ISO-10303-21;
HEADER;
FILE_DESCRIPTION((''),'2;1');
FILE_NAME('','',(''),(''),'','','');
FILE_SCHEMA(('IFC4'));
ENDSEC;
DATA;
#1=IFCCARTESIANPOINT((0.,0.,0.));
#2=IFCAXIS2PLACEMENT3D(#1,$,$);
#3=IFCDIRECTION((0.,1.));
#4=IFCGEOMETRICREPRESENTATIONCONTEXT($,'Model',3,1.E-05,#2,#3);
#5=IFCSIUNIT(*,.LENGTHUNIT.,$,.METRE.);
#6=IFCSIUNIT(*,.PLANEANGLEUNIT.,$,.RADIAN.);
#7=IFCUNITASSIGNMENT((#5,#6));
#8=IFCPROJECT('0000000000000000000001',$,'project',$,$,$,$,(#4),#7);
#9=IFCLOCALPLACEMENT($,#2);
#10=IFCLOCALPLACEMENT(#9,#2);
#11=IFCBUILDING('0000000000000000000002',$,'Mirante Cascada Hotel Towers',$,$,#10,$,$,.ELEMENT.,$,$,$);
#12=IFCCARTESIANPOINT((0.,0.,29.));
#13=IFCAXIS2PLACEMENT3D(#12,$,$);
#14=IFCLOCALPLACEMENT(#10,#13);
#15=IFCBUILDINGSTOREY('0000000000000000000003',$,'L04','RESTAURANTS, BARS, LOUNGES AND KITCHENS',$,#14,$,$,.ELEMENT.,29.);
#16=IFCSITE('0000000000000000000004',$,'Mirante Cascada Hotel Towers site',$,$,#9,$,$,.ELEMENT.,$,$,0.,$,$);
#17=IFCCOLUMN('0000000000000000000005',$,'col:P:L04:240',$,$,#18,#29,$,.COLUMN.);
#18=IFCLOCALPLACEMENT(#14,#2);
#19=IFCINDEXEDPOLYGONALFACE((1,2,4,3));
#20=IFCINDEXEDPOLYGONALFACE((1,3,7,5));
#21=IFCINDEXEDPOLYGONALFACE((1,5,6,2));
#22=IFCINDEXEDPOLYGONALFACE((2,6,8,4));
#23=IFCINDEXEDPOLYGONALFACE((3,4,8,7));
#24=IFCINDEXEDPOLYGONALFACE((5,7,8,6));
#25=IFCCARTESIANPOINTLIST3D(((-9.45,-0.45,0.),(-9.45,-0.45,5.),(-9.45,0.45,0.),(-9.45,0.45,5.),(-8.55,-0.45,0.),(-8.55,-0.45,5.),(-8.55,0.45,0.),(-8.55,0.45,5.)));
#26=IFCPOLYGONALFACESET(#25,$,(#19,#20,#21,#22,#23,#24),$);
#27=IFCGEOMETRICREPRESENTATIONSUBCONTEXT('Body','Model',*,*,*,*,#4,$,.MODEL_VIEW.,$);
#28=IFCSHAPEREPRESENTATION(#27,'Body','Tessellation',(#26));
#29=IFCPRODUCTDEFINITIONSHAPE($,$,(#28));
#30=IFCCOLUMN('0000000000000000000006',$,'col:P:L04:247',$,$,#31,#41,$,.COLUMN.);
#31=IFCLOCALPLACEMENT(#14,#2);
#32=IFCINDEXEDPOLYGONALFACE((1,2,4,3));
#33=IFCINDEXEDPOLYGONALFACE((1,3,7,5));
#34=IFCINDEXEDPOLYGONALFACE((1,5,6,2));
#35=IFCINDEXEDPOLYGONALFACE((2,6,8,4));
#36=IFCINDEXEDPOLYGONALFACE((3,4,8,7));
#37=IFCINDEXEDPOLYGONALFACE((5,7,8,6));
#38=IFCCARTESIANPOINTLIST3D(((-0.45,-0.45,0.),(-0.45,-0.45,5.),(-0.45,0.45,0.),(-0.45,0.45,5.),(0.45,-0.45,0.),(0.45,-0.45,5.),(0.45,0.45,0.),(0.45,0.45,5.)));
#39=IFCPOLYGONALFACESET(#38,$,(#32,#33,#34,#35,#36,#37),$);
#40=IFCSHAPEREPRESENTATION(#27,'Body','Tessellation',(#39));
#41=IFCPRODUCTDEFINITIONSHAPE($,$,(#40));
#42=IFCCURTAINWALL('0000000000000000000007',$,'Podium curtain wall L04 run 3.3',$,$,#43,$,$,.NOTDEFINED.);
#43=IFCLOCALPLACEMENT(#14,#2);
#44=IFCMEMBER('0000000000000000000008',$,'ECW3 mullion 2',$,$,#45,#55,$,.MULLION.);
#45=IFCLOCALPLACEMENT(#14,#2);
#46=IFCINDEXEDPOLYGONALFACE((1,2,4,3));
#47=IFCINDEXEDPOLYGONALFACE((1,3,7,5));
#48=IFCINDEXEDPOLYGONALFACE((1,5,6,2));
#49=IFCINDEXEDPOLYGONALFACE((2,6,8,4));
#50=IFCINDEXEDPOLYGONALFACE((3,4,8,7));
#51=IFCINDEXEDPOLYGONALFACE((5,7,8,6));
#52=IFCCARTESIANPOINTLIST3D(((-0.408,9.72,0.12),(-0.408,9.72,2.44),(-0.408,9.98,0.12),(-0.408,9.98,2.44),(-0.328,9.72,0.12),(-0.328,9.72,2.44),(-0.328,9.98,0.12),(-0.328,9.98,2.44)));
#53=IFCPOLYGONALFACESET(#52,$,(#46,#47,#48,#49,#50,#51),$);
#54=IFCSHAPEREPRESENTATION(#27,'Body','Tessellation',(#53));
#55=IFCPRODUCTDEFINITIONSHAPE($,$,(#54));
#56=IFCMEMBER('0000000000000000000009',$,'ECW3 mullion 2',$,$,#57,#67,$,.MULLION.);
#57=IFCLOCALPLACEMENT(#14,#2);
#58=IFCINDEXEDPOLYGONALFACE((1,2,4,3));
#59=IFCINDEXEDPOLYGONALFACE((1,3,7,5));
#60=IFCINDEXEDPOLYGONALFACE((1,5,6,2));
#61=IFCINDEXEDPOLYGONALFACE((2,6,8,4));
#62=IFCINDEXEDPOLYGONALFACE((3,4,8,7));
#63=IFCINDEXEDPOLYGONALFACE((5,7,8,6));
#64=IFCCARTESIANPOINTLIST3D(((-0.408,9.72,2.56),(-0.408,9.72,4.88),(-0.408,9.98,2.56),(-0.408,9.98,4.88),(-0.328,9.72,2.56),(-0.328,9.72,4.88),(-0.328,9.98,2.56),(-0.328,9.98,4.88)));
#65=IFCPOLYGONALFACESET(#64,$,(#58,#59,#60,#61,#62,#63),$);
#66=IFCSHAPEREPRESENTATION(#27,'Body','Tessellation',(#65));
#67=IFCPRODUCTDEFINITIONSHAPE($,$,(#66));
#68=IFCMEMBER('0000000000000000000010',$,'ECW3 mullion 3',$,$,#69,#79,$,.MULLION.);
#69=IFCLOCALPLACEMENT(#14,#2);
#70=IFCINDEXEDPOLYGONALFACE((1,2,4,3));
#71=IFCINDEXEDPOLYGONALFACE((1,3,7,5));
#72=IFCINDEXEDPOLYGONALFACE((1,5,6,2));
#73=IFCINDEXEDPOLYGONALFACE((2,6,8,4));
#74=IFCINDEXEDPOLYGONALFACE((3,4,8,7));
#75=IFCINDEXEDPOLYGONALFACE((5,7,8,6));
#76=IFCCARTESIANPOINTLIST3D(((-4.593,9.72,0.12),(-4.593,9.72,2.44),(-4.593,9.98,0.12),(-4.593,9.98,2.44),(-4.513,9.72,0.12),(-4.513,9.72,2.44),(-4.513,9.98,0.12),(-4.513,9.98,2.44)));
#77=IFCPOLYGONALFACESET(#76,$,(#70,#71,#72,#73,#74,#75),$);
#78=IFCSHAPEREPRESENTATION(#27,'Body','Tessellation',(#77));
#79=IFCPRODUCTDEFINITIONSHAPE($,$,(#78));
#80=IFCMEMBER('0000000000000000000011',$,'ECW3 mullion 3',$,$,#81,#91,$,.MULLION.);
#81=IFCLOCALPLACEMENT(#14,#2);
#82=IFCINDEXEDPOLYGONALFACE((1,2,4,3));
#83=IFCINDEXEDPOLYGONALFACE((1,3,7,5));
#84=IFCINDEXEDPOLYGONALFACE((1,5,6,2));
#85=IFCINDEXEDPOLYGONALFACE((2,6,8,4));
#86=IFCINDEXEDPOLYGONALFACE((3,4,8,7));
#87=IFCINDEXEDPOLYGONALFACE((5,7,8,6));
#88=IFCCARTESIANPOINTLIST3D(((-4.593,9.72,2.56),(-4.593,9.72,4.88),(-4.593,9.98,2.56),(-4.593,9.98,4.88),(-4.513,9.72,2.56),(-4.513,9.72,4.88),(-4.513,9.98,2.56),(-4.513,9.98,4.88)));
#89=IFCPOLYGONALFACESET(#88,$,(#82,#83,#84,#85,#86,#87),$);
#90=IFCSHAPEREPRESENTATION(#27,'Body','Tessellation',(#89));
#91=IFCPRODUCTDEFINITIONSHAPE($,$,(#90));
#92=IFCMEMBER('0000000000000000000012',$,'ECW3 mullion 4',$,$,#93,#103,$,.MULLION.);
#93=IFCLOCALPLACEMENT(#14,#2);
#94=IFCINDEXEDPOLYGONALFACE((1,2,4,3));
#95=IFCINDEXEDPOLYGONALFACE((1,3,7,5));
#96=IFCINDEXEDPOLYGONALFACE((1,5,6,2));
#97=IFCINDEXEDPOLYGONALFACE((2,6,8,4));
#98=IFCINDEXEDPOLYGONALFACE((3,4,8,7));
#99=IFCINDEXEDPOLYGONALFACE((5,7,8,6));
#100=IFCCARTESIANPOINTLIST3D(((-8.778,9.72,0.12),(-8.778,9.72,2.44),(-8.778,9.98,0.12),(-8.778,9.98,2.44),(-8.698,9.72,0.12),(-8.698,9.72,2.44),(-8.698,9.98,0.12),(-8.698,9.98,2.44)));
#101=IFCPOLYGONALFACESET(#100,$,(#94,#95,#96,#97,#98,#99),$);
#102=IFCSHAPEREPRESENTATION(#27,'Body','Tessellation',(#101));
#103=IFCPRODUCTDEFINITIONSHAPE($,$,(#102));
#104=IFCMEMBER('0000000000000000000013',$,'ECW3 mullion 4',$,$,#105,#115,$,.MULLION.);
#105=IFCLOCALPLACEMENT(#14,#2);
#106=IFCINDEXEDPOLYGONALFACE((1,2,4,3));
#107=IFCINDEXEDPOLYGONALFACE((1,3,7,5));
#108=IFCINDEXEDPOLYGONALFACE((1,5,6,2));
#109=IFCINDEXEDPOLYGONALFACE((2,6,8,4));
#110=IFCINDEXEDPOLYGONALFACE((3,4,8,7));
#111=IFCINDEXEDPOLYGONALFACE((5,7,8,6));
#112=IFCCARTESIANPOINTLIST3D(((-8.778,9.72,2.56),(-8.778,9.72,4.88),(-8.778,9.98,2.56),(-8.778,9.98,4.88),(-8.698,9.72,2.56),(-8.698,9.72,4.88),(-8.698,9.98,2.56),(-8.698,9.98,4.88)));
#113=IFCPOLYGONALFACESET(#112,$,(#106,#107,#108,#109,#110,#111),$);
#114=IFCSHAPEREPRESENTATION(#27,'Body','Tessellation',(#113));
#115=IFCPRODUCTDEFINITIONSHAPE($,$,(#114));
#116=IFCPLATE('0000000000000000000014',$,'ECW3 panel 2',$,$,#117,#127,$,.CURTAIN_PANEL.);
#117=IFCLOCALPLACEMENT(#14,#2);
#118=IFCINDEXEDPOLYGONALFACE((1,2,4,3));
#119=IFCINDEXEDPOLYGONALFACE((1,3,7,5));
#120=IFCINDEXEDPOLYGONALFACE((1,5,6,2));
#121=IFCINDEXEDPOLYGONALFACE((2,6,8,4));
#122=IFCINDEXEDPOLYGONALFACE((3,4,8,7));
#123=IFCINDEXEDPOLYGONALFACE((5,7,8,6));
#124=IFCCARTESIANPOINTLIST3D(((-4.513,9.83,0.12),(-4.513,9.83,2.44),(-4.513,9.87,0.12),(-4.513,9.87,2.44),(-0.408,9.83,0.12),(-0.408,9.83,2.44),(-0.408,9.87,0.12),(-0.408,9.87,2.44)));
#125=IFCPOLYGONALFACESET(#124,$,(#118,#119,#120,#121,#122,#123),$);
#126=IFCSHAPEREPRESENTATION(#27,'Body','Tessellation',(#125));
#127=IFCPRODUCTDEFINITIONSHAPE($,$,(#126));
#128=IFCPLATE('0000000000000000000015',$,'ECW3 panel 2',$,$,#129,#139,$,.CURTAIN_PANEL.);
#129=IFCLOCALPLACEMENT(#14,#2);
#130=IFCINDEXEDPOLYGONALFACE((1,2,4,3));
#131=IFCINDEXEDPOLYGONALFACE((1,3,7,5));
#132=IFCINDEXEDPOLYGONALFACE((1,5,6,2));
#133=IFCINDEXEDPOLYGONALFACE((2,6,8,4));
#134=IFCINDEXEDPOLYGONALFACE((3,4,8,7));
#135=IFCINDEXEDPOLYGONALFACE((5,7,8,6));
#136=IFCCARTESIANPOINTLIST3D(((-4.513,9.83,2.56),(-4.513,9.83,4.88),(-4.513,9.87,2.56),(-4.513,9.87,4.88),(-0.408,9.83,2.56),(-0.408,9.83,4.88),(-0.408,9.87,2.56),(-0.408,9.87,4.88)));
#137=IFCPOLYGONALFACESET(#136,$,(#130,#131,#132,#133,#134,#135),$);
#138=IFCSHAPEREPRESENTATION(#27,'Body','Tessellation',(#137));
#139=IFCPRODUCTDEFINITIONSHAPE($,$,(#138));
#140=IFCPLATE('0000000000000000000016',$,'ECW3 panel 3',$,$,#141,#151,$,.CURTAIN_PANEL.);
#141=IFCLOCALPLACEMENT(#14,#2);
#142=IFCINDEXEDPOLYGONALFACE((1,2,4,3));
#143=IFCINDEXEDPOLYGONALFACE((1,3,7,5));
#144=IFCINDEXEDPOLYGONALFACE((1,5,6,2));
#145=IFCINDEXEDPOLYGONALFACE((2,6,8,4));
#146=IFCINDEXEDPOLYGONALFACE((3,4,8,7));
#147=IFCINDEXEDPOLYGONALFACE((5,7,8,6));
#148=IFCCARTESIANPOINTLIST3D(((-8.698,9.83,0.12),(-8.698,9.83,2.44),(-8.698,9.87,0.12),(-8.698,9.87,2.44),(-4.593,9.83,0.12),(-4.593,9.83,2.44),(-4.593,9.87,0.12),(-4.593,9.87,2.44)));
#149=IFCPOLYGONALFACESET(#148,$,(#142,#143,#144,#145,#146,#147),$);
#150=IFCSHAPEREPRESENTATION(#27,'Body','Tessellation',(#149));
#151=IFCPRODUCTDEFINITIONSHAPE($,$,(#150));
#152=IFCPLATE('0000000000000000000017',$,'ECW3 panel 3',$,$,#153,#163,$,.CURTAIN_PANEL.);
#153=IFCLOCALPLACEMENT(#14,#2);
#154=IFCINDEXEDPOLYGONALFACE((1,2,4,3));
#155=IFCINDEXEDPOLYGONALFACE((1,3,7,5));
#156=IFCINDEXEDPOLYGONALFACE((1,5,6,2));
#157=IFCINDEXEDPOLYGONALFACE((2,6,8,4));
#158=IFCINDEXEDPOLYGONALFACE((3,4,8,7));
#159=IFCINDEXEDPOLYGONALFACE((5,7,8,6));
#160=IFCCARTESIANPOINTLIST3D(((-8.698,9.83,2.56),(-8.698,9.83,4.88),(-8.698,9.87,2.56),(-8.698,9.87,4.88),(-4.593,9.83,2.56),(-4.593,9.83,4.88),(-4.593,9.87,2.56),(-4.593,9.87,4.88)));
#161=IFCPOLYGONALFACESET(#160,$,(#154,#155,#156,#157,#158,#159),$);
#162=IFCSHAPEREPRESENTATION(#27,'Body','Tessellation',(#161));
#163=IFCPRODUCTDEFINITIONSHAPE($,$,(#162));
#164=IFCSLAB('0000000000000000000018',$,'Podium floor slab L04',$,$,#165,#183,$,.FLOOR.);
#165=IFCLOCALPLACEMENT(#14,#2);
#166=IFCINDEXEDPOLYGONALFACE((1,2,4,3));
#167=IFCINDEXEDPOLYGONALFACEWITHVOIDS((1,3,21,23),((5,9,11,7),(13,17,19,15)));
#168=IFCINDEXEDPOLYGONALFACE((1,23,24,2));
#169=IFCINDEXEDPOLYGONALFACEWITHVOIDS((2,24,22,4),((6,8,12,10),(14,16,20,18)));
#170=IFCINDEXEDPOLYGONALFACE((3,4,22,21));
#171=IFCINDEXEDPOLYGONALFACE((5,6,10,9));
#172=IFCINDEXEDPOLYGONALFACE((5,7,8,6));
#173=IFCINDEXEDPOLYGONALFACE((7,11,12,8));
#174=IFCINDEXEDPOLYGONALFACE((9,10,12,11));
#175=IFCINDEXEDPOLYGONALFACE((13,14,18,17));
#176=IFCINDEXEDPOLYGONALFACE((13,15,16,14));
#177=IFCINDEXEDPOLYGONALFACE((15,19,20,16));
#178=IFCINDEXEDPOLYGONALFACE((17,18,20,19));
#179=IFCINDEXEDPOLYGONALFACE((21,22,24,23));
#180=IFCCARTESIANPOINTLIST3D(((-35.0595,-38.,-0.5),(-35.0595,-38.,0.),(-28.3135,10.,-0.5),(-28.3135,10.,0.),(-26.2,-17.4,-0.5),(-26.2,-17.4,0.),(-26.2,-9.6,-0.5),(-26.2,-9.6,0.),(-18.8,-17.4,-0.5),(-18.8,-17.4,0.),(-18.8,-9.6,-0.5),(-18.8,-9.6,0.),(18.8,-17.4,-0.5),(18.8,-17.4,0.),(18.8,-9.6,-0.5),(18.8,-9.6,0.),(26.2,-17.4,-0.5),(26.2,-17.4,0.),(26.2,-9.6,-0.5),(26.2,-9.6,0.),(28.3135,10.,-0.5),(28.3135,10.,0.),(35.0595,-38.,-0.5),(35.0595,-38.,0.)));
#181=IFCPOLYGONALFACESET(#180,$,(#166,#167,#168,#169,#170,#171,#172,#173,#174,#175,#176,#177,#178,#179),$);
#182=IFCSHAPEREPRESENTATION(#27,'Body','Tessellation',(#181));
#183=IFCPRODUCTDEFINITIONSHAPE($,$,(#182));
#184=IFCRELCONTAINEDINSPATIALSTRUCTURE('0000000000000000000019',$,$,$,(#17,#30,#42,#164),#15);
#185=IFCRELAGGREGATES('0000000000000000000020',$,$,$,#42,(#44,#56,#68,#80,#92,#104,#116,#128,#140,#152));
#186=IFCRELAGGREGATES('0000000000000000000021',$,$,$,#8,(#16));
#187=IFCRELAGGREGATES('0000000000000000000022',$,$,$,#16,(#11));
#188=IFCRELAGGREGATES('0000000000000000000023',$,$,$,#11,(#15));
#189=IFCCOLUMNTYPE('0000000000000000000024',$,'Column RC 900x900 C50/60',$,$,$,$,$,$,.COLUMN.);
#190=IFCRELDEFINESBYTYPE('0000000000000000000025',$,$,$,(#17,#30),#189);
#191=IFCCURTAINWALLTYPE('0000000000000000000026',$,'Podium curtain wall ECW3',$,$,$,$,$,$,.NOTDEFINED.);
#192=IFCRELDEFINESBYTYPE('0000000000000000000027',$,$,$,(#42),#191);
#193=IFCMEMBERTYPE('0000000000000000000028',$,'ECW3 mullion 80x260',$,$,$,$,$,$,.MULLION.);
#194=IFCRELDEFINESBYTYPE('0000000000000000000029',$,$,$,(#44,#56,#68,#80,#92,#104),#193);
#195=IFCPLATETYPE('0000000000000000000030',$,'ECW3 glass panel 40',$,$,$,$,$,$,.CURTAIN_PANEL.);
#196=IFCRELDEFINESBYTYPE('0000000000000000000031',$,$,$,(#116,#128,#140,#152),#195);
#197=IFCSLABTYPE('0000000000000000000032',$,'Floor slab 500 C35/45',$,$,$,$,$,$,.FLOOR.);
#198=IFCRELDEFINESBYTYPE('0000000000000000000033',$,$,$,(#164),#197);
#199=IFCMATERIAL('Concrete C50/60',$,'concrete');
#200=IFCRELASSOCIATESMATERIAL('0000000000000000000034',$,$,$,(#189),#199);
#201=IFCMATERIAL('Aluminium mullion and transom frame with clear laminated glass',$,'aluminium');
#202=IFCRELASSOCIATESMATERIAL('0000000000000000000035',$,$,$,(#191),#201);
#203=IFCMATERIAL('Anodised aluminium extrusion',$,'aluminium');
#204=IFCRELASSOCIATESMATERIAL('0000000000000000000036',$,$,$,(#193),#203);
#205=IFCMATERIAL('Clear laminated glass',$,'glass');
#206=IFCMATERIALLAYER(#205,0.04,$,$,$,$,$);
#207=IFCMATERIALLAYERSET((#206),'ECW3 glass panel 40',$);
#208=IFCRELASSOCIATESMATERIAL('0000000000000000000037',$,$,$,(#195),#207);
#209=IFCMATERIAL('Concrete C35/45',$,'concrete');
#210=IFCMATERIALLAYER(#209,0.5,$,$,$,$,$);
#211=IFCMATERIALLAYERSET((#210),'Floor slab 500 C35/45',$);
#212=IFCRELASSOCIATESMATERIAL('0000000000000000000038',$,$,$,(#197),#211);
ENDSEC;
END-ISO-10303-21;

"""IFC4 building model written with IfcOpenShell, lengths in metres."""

from ifc_helpers import new_model, si_unit, direction, frame, origin, origin_2d, place, context, subcontext, project, spatial, polyline, rectangle, outline, extrude, material, layer, layer_set, material_profile, profile_set, type_object, element, aggregate, save


model = new_model("IFC4")

# Units and contexts
model_context = context("Model", 3, precision=1e-05, world=origin(), true_north=direction((0.0, 1.0)))
body_context = subcontext(model_context, "Body", "Model", "MODEL_VIEW")
ifc_project = project(units=[si_unit("LENGTHUNIT", "METRE"), si_unit("PLANEANGLEUNIT", "RADIAN")], contexts=[model_context])

# Site, building, storey
site_placement = place(None, origin())
site = spatial("IfcSite", under=ifc_project, at=site_placement, Name="Mirante Cascada Hotel Towers site", CompositionType="ELEMENT", RefElevation=0.0)
building_placement = place(site_placement, origin())
building = spatial("IfcBuilding", under=site, at=building_placement, Name="Mirante Cascada Hotel Towers", CompositionType="ELEMENT")
storey_placement = place(building_placement, frame((0.0, 0.0, 29.0)))
storey = spatial("IfcBuildingStorey", under=building, at=storey_placement, Name="L04", Description="RESTAURANTS, BARS, LOUNGES AND KITCHENS", CompositionType="ELEMENT", Elevation=29.0)

# Columns
ifc_material_1 = material(Name="Concrete C50/60", Category="concrete")
ifc_material_profile_1 = material_profile(ifc_material_1, rectangle(XDim=0.9, YDim=0.9, at=origin_2d()), Name="RC 900x900")
ifc_profile_set_1 = profile_set([ifc_material_profile_1], Name="Concrete C50/60")
column_type = type_object("IfcColumnType", Name="Column RC 900x900 C50/60", PredefinedType="COLUMN", material=ifc_profile_set_1)
for number, where, z_axis, x_axis, name in (
    (1, (-9.0, 0.0, 0.0), (0.0, 0.0, 1.0), (1.0, 0.0, 0.0), "col:P:L04:240"),
    (2, (0.0, 0.0, 0.0), (0.0, 0.0, 1.0), (1.0, 0.0, 0.0), "col:P:L04:247"),
):
    element("IfcColumn", number, at=place(storey_placement, frame(where, z_axis=z_axis, x_axis=x_axis)), inside=storey, type_object=column_type, Name=name, PredefinedType="COLUMN", context=body_context, shape_type="SweptSolid", body=[
        extrude(rectangle(XDim=0.9, YDim=0.9, at=origin_2d()), origin(), (0.0, 0.0, 1.0), 5.0),
    ])

# Curtain wall, members, plates
ifc_material_2 = material(Name="Aluminium mullion and transom frame with clear laminated glass", Category="aluminium")
curtain_wall_type = type_object("IfcCurtainWallType", Name="Podium curtain wall ECW3", PredefinedType="NOTDEFINED", material=ifc_material_2)
curtain_wall_placement = place(storey_placement, origin())
curtain_wall = element("IfcCurtainWall", 3, at=curtain_wall_placement, inside=storey, type_object=curtain_wall_type, Name="Podium curtain wall L04 run 3.3", PredefinedType="NOTDEFINED")
ifc_material_3 = material(Name="Anodised aluminium extrusion", Category="aluminium")
ifc_material_profile_2 = material_profile(ifc_material_3, rectangle(XDim=0.26, YDim=0.08, at=origin_2d()), Name="ECW3 MULLION 80x260")
ifc_profile_set_2 = profile_set([ifc_material_profile_2], Name="Anodised aluminium extrusion")
member_type = type_object("IfcMemberType", Name="ECW3 mullion 80x260", PredefinedType="MULLION", material=ifc_profile_set_2)
member_1_placement = place(storey_placement, frame((-0.368, 9.85, 0.12), z_axis=(0.0, 0.0, 1.0), x_axis=(0.0, -1.0, 0.0)))
member_1 = element("IfcMember", 4, at=member_1_placement, type_object=member_type, Name="ECW3 mullion 2", PredefinedType="MULLION", context=body_context, shape_type="SweptSolid", body=[
    extrude(rectangle(XDim=0.26, YDim=0.08, at=origin_2d()), origin(), (0.0, 0.0, 1.0), 2.32),
])
member_2_placement = place(storey_placement, frame((-0.368, 9.85, 2.56), z_axis=(0.0, 0.0, 1.0), x_axis=(0.0, -1.0, 0.0)))
member_2 = element("IfcMember", 5, at=member_2_placement, type_object=member_type, Name="ECW3 mullion 2", PredefinedType="MULLION", context=body_context, shape_type="SweptSolid", body=[
    extrude(rectangle(XDim=0.26, YDim=0.08, at=origin_2d()), origin(), (0.0, 0.0, 1.0), 2.32),
])
member_3_placement = place(storey_placement, frame((-4.553, 9.85, 0.12), z_axis=(0.0, 0.0, 1.0), x_axis=(0.0, -1.0, 0.0)))
member_3 = element("IfcMember", 6, at=member_3_placement, type_object=member_type, Name="ECW3 mullion 3", PredefinedType="MULLION", context=body_context, shape_type="SweptSolid", body=[
    extrude(rectangle(XDim=0.26, YDim=0.08, at=origin_2d()), origin(), (0.0, 0.0, 1.0), 2.32),
])
member_4_placement = place(storey_placement, frame((-4.553, 9.85, 2.56), z_axis=(0.0, 0.0, 1.0), x_axis=(0.0, -1.0, 0.0)))
member_4 = element("IfcMember", 7, at=member_4_placement, type_object=member_type, Name="ECW3 mullion 3", PredefinedType="MULLION", context=body_context, shape_type="SweptSolid", body=[
    extrude(rectangle(XDim=0.26, YDim=0.08, at=origin_2d()), origin(), (0.0, 0.0, 1.0), 2.32),
])
member_5_placement = place(storey_placement, frame((-8.738, 9.85, 0.12), z_axis=(0.0, 0.0, 1.0), x_axis=(0.0, -1.0, 0.0)))
member_5 = element("IfcMember", 8, at=member_5_placement, type_object=member_type, Name="ECW3 mullion 4", PredefinedType="MULLION", context=body_context, shape_type="SweptSolid", body=[
    extrude(rectangle(XDim=0.26, YDim=0.08, at=origin_2d()), origin(), (0.0, 0.0, 1.0), 2.32),
])
member_6_placement = place(storey_placement, frame((-8.738, 9.85, 2.56), z_axis=(0.0, 0.0, 1.0), x_axis=(0.0, -1.0, 0.0)))
member_6 = element("IfcMember", 9, at=member_6_placement, type_object=member_type, Name="ECW3 mullion 4", PredefinedType="MULLION", context=body_context, shape_type="SweptSolid", body=[
    extrude(rectangle(XDim=0.26, YDim=0.08, at=origin_2d()), origin(), (0.0, 0.0, 1.0), 2.32),
])
ifc_material_4 = material(Name="Clear laminated glass", Category="glass")
ifc_layer_1 = layer(ifc_material_4, 0.04)
ifc_layer_set_1 = layer_set([ifc_layer_1], Name="ECW3 glass panel 40")
plate_type = type_object("IfcPlateType", Name="ECW3 glass panel 40", PredefinedType="CURTAIN_PANEL", material=ifc_layer_set_1)
plate_1_placement = place(storey_placement, frame((-2.4605, 9.85, 0.12), z_axis=(0.0, 0.0, 1.0), x_axis=(-1.0, 0.0, 0.0)))
plate_1 = element("IfcPlate", 10, at=plate_1_placement, type_object=plate_type, Name="ECW3 panel 2", PredefinedType="CURTAIN_PANEL", context=body_context, shape_type="SweptSolid", body=[
    extrude(rectangle(XDim=4.105, YDim=0.04, at=origin_2d()), origin(), (0.0, 0.0, 1.0), 2.32),
])
plate_2_placement = place(storey_placement, frame((-2.4605, 9.85, 2.56), z_axis=(0.0, 0.0, 1.0), x_axis=(-1.0, 0.0, 0.0)))
plate_2 = element("IfcPlate", 11, at=plate_2_placement, type_object=plate_type, Name="ECW3 panel 2", PredefinedType="CURTAIN_PANEL", context=body_context, shape_type="SweptSolid", body=[
    extrude(rectangle(XDim=4.105, YDim=0.04, at=origin_2d()), origin(), (0.0, 0.0, 1.0), 2.32),
])
plate_3_placement = place(storey_placement, frame((-6.6455, 9.85, 0.12), z_axis=(0.0, 0.0, 1.0), x_axis=(-1.0, 0.0, 0.0)))
plate_3 = element("IfcPlate", 12, at=plate_3_placement, type_object=plate_type, Name="ECW3 panel 3", PredefinedType="CURTAIN_PANEL", context=body_context, shape_type="SweptSolid", body=[
    extrude(rectangle(XDim=4.105, YDim=0.04, at=origin_2d()), origin(), (0.0, 0.0, 1.0), 2.32),
])
plate_4_placement = place(storey_placement, frame((-6.6455, 9.85, 2.56), z_axis=(0.0, 0.0, 1.0), x_axis=(-1.0, 0.0, 0.0)))
plate_4 = element("IfcPlate", 13, at=plate_4_placement, type_object=plate_type, Name="ECW3 panel 3", PredefinedType="CURTAIN_PANEL", context=body_context, shape_type="SweptSolid", body=[
    extrude(rectangle(XDim=4.105, YDim=0.04, at=origin_2d()), origin(), (0.0, 0.0, 1.0), 2.32),
])
aggregate(curtain_wall, [member_1, member_2, member_3, member_4, member_5, member_6, plate_1, plate_2, plate_3, plate_4])

# Slab
ifc_material_5 = material(Name="Concrete C35/45", Category="concrete")
ifc_layer_2 = layer(ifc_material_5, 0.5)
ifc_layer_set_2 = layer_set([ifc_layer_2], Name="Floor slab 500 C35/45")
slab_type_1 = type_object("IfcSlabType", Name="Floor slab 500 C35/45", PredefinedType="FLOOR", material=ifc_layer_set_2)
slab_1_placement = place(storey_placement, frame((0.0, 0.0, -0.5)))
element("IfcSlab", 14, at=slab_1_placement, inside=storey, type_object=slab_type_1, Name="Podium floor slab L04", PredefinedType="FLOOR", context=body_context, shape_type="SweptSolid", body=[
    extrude(outline(polyline([(-28.3135, 10.0), (28.3135, 10.0), (35.0595, -38.0), (-35.0595, -38.0), (-28.3135, 10.0)]), holes=[polyline([(26.2, -17.4), (26.2, -9.6), (18.8, -9.6), (18.8, -17.4), (26.2, -17.4)]), polyline([(-18.8, -17.4), (-18.8, -9.6), (-26.2, -9.6), (-26.2, -17.4), (-18.8, -17.4)])]), origin(), (0.0, 0.0, 1.0), 0.5),
])

save(model, "model.ifc")
